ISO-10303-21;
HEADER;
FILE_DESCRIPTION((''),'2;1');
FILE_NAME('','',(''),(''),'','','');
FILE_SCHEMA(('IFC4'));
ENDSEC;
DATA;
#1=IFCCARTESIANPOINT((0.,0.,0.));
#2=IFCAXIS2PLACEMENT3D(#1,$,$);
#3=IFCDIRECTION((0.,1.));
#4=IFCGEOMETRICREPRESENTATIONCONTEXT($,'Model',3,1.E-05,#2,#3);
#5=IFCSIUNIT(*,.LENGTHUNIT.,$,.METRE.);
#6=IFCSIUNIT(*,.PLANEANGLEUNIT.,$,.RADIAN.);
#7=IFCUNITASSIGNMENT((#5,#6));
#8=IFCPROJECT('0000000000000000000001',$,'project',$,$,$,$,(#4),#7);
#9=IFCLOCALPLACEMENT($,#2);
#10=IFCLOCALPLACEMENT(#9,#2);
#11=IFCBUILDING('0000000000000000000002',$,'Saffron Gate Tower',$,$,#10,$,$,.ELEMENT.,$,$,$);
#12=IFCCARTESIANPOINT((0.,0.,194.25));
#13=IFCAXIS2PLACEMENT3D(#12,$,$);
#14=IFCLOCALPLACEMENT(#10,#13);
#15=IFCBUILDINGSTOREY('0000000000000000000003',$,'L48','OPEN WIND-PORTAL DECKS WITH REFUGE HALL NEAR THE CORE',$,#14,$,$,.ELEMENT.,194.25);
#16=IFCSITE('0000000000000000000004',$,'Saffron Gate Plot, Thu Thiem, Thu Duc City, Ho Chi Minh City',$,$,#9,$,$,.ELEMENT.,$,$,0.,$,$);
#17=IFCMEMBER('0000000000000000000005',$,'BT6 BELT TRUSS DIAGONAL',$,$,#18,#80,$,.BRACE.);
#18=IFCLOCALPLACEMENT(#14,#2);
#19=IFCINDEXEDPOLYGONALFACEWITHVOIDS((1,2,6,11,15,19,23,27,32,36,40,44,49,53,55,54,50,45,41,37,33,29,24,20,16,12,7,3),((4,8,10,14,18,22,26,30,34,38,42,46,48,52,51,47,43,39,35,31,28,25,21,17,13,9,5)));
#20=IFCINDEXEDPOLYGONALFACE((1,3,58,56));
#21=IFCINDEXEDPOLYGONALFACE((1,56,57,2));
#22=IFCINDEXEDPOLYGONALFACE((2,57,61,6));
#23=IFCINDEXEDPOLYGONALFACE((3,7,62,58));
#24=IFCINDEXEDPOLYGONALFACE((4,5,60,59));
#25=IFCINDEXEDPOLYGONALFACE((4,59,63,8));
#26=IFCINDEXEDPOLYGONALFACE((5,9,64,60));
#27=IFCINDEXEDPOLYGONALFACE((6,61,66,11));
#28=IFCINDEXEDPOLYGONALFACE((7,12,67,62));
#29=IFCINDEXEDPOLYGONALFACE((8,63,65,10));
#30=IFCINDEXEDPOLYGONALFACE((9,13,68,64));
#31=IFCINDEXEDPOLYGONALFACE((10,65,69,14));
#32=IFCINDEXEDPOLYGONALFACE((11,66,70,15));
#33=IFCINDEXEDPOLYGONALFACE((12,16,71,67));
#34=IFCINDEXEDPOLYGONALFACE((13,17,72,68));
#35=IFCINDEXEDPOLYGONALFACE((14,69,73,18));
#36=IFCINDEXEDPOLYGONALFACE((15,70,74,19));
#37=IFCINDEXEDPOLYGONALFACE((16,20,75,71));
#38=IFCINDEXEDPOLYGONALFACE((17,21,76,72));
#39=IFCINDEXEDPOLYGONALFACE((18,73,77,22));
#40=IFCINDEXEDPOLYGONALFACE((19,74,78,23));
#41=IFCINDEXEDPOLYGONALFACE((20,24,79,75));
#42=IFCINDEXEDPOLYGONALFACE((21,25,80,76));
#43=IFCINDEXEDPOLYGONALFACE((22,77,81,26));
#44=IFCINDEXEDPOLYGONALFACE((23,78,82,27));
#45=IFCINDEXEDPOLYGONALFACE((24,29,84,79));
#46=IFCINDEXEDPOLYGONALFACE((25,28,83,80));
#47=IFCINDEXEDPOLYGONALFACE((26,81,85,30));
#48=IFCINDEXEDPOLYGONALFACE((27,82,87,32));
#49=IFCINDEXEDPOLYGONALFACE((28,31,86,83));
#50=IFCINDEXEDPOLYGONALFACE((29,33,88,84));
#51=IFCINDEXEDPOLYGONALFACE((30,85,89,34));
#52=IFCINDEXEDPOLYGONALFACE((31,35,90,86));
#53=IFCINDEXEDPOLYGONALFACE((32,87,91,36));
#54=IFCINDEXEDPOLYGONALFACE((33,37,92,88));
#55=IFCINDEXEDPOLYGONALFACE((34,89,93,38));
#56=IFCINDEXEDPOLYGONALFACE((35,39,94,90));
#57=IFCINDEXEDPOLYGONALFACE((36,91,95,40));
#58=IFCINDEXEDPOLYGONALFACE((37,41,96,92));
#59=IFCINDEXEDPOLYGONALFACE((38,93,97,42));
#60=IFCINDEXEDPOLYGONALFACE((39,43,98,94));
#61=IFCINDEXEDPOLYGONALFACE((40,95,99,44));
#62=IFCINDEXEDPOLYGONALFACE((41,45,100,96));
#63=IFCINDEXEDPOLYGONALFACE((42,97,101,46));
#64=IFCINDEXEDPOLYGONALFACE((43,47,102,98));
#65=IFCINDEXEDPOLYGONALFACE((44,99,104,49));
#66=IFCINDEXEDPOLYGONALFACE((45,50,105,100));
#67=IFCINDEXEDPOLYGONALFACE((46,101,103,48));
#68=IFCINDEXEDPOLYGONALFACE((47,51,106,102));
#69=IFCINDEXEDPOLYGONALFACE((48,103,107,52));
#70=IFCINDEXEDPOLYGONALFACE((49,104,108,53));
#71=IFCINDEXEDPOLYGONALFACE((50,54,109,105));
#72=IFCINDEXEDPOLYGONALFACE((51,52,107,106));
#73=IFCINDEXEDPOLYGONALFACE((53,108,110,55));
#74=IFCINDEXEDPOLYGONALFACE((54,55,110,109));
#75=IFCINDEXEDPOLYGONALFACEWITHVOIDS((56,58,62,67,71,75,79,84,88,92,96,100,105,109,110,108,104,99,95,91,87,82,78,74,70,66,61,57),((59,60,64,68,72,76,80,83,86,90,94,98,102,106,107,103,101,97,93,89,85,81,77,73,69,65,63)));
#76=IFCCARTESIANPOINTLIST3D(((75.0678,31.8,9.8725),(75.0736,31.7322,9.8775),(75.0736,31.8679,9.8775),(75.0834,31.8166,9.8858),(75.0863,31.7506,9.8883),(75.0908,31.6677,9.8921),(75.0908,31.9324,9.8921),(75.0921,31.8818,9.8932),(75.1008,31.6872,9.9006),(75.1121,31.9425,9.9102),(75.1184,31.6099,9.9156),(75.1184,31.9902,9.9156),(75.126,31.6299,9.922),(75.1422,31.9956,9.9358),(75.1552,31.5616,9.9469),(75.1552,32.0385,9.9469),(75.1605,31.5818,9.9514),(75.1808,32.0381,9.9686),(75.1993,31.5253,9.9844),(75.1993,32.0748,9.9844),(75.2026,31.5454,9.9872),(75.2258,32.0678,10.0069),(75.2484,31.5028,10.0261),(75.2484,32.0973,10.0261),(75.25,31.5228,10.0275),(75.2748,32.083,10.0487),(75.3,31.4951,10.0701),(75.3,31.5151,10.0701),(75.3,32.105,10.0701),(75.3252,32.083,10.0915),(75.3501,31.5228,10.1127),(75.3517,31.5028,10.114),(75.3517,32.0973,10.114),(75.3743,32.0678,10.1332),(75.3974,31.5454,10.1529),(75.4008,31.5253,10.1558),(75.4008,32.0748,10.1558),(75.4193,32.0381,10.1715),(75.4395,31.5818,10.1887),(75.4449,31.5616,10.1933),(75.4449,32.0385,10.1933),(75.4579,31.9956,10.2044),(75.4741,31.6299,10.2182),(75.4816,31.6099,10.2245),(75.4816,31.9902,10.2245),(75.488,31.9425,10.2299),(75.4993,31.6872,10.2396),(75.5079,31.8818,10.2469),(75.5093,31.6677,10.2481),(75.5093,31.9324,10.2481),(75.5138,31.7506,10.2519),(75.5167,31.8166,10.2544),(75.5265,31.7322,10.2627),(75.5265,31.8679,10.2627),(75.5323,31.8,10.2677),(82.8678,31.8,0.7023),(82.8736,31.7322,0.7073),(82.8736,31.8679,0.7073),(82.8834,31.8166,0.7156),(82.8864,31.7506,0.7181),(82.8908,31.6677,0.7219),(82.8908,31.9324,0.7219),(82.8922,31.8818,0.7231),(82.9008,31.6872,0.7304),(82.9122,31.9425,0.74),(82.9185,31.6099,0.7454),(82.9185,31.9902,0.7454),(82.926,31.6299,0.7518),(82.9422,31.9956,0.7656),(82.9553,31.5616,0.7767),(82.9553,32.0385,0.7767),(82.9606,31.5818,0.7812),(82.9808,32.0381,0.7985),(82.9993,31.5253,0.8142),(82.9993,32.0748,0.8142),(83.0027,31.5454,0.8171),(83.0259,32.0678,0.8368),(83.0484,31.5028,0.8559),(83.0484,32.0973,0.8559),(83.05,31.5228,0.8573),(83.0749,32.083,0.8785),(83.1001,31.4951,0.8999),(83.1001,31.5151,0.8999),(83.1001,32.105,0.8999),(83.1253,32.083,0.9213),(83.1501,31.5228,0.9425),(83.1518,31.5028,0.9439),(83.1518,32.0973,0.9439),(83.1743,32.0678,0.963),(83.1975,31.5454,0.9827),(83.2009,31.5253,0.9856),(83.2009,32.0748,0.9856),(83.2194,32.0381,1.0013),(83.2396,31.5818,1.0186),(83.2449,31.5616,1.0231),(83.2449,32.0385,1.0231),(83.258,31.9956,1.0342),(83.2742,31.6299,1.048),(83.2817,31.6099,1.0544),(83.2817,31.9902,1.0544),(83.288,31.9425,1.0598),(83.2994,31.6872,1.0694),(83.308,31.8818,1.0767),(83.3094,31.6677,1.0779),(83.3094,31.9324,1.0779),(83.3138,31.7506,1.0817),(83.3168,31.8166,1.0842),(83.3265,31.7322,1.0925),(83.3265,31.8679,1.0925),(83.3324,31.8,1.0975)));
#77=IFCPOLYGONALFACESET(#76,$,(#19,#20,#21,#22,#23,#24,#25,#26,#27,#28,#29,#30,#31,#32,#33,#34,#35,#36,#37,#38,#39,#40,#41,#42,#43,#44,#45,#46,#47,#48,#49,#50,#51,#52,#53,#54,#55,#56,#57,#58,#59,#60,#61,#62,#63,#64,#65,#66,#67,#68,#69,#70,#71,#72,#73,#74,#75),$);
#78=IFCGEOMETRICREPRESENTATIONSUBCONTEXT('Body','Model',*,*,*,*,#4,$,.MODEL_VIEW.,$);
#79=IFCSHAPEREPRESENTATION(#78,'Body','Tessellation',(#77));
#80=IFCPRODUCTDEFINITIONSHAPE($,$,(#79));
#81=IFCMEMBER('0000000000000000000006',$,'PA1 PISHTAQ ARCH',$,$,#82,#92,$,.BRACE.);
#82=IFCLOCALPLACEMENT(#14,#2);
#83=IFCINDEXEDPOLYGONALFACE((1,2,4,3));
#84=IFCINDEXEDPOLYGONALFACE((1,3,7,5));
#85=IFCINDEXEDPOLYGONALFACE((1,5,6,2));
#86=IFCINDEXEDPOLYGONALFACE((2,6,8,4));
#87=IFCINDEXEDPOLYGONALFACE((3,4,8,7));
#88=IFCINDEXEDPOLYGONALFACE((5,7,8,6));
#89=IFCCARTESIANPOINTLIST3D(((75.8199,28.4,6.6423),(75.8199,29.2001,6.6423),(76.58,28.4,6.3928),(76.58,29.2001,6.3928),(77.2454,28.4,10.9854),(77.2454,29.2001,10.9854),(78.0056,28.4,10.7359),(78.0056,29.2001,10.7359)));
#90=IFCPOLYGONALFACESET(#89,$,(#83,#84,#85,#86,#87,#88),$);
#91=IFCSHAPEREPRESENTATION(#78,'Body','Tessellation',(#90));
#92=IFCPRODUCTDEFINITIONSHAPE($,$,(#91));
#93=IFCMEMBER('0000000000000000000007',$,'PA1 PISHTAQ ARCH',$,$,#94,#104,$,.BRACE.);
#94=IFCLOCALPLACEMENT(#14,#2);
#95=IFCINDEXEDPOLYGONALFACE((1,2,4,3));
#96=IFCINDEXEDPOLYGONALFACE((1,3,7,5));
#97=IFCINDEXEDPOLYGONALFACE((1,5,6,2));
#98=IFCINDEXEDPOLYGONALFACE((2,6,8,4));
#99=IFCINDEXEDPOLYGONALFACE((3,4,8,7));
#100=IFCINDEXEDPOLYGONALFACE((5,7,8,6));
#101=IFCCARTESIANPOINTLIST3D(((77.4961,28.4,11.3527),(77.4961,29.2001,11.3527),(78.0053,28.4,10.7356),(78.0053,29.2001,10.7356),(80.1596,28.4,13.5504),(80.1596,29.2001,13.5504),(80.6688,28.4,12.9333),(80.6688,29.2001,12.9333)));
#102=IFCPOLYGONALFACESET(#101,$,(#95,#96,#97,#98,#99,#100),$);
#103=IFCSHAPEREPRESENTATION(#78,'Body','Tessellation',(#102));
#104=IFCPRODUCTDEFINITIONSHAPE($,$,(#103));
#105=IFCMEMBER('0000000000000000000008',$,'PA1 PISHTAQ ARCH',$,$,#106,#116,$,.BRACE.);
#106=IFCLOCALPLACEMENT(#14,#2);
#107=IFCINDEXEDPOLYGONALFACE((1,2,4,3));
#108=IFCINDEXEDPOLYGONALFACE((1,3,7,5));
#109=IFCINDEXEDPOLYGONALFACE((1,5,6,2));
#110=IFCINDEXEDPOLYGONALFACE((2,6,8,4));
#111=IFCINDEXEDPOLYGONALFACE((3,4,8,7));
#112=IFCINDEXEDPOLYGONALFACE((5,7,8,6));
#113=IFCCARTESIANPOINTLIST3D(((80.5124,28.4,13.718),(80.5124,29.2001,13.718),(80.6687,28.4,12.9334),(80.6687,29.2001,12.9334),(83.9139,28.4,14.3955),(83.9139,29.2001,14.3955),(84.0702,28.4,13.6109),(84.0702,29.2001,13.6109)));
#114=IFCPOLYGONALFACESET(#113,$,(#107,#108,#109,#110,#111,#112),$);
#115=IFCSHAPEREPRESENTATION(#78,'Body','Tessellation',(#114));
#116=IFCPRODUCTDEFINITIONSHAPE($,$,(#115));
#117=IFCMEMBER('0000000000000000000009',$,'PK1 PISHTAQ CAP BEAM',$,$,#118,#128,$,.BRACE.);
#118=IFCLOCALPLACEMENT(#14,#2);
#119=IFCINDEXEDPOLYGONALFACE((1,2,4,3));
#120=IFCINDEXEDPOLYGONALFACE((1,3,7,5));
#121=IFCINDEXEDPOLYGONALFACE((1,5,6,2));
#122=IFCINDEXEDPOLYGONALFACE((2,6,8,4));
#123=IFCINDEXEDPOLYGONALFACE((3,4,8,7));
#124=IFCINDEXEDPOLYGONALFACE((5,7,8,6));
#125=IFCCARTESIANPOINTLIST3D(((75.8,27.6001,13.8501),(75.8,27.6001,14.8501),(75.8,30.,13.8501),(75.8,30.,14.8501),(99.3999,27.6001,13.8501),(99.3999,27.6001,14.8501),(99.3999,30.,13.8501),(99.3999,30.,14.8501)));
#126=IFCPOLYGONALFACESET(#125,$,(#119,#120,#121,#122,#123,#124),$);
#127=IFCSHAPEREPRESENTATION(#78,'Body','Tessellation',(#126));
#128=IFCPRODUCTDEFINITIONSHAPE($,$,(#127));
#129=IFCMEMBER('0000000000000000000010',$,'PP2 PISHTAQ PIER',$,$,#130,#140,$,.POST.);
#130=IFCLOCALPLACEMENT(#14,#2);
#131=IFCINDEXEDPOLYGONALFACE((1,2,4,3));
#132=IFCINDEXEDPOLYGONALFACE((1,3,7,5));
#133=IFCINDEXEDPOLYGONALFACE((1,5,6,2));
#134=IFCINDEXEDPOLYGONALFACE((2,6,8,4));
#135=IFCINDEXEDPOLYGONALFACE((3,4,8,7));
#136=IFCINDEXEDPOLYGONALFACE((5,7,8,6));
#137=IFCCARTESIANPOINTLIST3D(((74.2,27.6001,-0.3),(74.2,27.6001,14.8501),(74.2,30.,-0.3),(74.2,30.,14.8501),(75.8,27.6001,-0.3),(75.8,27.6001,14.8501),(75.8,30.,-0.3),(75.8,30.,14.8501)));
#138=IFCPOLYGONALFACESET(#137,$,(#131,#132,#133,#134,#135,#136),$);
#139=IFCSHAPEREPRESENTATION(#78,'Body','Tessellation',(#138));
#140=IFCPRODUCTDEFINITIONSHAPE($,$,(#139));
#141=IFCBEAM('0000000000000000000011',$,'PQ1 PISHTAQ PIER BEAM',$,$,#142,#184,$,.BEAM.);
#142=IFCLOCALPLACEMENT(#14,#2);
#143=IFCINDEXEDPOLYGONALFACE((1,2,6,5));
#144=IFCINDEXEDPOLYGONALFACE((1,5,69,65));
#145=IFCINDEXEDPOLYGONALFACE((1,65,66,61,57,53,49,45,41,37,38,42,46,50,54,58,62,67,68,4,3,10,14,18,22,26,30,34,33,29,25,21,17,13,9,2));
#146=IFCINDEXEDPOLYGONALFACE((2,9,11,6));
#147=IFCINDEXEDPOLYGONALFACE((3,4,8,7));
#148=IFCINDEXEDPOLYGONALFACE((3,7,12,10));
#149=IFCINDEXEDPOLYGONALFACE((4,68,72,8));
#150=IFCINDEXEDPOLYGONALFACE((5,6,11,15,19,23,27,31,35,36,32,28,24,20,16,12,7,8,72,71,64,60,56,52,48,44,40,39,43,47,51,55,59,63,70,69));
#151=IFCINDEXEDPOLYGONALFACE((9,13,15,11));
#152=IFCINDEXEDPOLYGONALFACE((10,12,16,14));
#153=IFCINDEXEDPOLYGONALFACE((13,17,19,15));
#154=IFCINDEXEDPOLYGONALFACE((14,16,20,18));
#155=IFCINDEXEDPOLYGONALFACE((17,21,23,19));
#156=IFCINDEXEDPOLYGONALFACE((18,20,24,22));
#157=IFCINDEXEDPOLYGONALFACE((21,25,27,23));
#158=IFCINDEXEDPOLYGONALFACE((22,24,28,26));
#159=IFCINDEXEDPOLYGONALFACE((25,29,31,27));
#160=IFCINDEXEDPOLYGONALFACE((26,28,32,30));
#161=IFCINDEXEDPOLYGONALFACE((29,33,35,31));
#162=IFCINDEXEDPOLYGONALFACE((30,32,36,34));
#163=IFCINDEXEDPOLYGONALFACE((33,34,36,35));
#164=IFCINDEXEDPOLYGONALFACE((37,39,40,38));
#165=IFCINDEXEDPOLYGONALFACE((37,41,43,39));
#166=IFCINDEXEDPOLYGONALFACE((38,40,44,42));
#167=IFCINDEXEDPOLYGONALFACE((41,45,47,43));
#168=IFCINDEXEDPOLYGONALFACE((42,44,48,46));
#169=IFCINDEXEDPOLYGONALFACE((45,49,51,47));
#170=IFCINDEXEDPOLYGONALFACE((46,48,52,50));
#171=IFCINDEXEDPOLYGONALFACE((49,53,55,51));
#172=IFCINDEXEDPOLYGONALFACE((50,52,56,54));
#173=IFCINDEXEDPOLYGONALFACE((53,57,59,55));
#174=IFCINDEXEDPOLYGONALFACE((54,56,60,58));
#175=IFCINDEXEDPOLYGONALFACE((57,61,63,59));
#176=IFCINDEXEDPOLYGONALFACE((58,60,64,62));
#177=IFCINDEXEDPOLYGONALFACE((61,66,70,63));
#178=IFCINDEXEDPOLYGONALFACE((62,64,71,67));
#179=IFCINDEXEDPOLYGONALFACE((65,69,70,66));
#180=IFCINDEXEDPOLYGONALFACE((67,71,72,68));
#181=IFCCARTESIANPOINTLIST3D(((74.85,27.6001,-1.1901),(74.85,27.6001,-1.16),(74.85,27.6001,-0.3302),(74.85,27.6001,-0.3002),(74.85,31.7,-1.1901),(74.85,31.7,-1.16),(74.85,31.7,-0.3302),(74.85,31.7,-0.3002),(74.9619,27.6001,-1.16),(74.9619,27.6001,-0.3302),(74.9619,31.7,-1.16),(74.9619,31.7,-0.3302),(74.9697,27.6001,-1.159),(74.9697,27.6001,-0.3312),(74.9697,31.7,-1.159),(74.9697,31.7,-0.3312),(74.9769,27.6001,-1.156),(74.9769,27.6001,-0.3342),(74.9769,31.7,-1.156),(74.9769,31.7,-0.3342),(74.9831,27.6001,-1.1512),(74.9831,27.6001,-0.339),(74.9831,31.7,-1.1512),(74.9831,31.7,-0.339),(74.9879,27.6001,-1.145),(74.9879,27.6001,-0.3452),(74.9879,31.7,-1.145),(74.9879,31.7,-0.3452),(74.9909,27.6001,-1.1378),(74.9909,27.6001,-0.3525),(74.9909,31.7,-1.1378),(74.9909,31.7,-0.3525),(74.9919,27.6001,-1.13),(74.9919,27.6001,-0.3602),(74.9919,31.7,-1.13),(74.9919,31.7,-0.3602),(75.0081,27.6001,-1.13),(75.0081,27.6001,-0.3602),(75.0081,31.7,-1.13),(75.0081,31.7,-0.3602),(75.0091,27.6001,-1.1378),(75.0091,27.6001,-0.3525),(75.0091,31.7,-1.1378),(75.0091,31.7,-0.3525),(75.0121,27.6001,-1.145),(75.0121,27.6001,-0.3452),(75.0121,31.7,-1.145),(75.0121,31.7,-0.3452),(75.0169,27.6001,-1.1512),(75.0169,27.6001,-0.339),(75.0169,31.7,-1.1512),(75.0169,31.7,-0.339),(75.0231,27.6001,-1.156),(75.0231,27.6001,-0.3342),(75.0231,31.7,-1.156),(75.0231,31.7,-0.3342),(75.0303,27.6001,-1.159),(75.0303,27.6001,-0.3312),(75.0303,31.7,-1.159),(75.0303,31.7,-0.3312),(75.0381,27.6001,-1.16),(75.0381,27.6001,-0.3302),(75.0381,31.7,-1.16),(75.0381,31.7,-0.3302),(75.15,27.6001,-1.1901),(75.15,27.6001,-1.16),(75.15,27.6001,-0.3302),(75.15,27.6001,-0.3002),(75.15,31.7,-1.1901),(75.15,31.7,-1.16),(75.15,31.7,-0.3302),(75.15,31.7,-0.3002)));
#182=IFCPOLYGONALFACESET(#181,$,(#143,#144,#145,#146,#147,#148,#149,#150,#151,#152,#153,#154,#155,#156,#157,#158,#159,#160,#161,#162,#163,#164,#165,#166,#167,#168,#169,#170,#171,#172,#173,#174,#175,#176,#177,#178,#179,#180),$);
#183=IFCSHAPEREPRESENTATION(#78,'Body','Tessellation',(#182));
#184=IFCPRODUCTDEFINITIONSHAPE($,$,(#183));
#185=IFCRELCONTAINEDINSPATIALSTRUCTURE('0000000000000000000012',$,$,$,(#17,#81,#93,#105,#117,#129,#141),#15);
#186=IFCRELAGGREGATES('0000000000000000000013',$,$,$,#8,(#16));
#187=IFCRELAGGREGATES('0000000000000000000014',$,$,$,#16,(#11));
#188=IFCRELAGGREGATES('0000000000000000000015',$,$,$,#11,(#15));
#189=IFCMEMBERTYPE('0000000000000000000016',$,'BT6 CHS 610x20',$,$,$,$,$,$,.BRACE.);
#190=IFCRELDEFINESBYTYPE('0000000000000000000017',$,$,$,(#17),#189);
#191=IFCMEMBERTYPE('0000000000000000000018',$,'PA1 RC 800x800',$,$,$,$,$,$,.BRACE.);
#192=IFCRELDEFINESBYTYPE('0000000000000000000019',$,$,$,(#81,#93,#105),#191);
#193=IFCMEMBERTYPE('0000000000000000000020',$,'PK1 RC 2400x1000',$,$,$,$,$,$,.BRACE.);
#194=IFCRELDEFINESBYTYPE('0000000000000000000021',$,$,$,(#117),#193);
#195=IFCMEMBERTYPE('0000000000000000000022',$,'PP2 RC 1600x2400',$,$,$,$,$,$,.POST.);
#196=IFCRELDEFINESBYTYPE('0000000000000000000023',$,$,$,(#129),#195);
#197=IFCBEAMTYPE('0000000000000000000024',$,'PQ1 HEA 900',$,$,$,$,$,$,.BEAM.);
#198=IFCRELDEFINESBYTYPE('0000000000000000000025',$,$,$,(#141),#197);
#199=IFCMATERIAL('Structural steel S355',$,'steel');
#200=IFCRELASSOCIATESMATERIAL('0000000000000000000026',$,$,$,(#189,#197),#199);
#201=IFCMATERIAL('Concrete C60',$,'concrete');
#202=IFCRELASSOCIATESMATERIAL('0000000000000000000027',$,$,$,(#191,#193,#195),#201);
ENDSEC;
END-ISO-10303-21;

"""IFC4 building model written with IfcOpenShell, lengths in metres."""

from ifc_helpers import new_model, si_unit, direction, frame, origin, origin_2d, place, context, subcontext, project, spatial, rectangle, hollow_circle, i_section, extrude, material, material_profile, profile_set, type_object, element, save


model = new_model("IFC4")

# Units and contexts
model_context = context("Model", 3, precision=1e-05, world=origin(), true_north=direction((0.0, 1.0)))
body_context = subcontext(model_context, "Body", "Model", "MODEL_VIEW")
ifc_project = project(units=[si_unit("LENGTHUNIT", "METRE"), si_unit("PLANEANGLEUNIT", "RADIAN")], contexts=[model_context])

# Site, building, storey
site_placement = place(None, origin())
site = spatial("IfcSite", under=ifc_project, at=site_placement, Name="Saffron Gate Plot, Thu Thiem, Thu Duc City, Ho Chi Minh City", CompositionType="ELEMENT", RefElevation=0.0)
building_placement = place(site_placement, origin())
building = spatial("IfcBuilding", under=site, at=building_placement, Name="Saffron Gate Tower", CompositionType="ELEMENT")
storey_placement = place(building_placement, frame((0.0, 0.0, 194.25)))
storey = spatial("IfcBuildingStorey", under=building, at=storey_placement, Name="L48", Description="OPEN WIND-PORTAL DECKS WITH REFUGE HALL NEAR THE CORE", CompositionType="ELEMENT", Elevation=194.25)

# Shared definitions
ifc_material_1 = material(Name="Structural steel S355", Category="steel")

# Members
ifc_material_profile_1 = material_profile(ifc_material_1, hollow_circle(Radius=0.3049, WallThickness=0.02, at=origin_2d()))
ifc_profile_set_1 = profile_set([ifc_material_profile_1], Name="Structural steel S355")
member_type_1 = type_object("IfcMemberType", Name="BT6 CHS 610x20", PredefinedType="BRACE", material=ifc_profile_set_1)
member_1_placement = place(storey_placement, frame((83.1001, 31.8, 0.8999), z_axis=(-0.647909, 0.0, 0.761718), x_axis=(0.0, -1.0, 0.0)))
element("IfcMember", 1, at=member_1_placement, inside=storey, type_object=member_type_1, Name="BT6 BELT TRUSS DIAGONAL", PredefinedType="BRACE", context=body_context, shape_type="SweptSolid", body=[
    extrude(hollow_circle(Radius=0.3049, WallThickness=0.02, at=origin_2d()), origin(), (0.0, 0.0, 1.0), 12.0388),
])
ifc_material_2 = material(Name="Concrete C60", Category="concrete")
ifc_material_profile_2 = material_profile(ifc_material_2, rectangle(XDim=0.8, YDim=0.8, at=origin_2d()))
ifc_profile_set_2 = profile_set([ifc_material_profile_2], Name="Concrete C60")
member_type_2 = type_object("IfcMemberType", Name="PA1 RC 800x800", PredefinedType="BRACE", material=ifc_profile_set_2)
member_2_placement = place(storey_placement, frame((76.2, 28.8, 6.5176), z_axis=(0.311866, 0.0, 0.950126), x_axis=(0.0, 1.0, 0.0)))
element("IfcMember", 2, at=member_2_placement, inside=storey, type_object=member_type_2, Name="PA1 PISHTAQ ARCH", PredefinedType="BRACE", context=body_context, shape_type="SweptSolid", body=[
    extrude(rectangle(XDim=0.8, YDim=0.8, at=origin_2d()), origin(), (0.0, 0.0, 1.0), 4.571),
])
member_3_placement = place(storey_placement, frame((77.7507, 28.8, 11.0442), z_axis=(0.77133, 0.0, 0.636436), x_axis=(0.0, 1.0, 0.0)))
element("IfcMember", 3, at=member_3_placement, inside=storey, type_object=member_type_2, Name="PA1 PISHTAQ ARCH", PredefinedType="BRACE", context=body_context, shape_type="SweptSolid", body=[
    extrude(rectangle(XDim=0.8, YDim=0.8, at=origin_2d()), origin(), (0.0, 0.0, 1.0), 3.4531),
])
member_4_placement = place(storey_placement, frame((80.5906, 28.8, 13.3257), z_axis=(0.980735, 0.0, 0.195344), x_axis=(0.0, 1.0, 0.0)))
element("IfcMember", 4, at=member_4_placement, inside=storey, type_object=member_type_2, Name="PA1 PISHTAQ ARCH", PredefinedType="BRACE", context=body_context, shape_type="SweptSolid", body=[
    extrude(rectangle(XDim=0.8, YDim=0.8, at=origin_2d()), origin(), (0.0, 0.0, 1.0), 3.4683),
])
ifc_material_profile_3 = material_profile(ifc_material_2, rectangle(XDim=2.3999, YDim=1.0, at=origin_2d()))
ifc_profile_set_3 = profile_set([ifc_material_profile_3], Name="Concrete C60")
member_type_3 = type_object("IfcMemberType", Name="PK1 RC 2400x1000", PredefinedType="BRACE", material=ifc_profile_set_3)
member_5_placement = place(storey_placement, frame((75.8, 28.8, 14.3501), z_axis=(1.0, 0.0, 0.0), x_axis=(0.0, 1.0, 0.0)))
element("IfcMember", 5, at=member_5_placement, inside=storey, type_object=member_type_3, Name="PK1 PISHTAQ CAP BEAM", PredefinedType="BRACE", context=body_context, shape_type="SweptSolid", body=[
    extrude(rectangle(XDim=2.3999, YDim=1.0, at=origin_2d()), origin(), (0.0, 0.0, 1.0), 23.5999),
])
ifc_material_profile_4 = material_profile(ifc_material_2, rectangle(XDim=1.6001, YDim=2.3999, at=origin_2d()))
ifc_profile_set_4 = profile_set([ifc_material_profile_4], Name="Concrete C60")
member_type_4 = type_object("IfcMemberType", Name="PP2 RC 1600x2400", PredefinedType="POST", material=ifc_profile_set_4)
member_6_placement = place(storey_placement, frame((75.0, 28.8, -0.3), z_axis=(0.0, 0.0, 1.0), x_axis=(1.0, 0.0, 0.0)))
element("IfcMember", 6, at=member_6_placement, inside=storey, type_object=member_type_4, Name="PP2 PISHTAQ PIER", PredefinedType="POST", context=body_context, shape_type="SweptSolid", body=[
    extrude(rectangle(XDim=1.6001, YDim=2.3999, at=origin_2d()), origin(), (0.0, 0.0, 1.0), 15.1501),
])

# Beam
ifc_material_profile_5 = material_profile(ifc_material_1, i_section(OverallWidth=0.3, OverallDepth=0.8899, WebThickness=0.0161, FlangeThickness=0.03, FilletRadius=0.03, at=origin_2d()))
ifc_profile_set_5 = profile_set([ifc_material_profile_5], Name="Structural steel S355")
beam_type_1 = type_object("IfcBeamType", Name="PQ1 HEA 900", PredefinedType="BEAM", material=ifc_profile_set_5)
beam_1_placement = place(storey_placement, frame((75.0, 27.6001, -0.7451), z_axis=(0.0, 1.0, 0.0), x_axis=(-1.0, 0.0, 0.0)))
element("IfcBeam", 7, at=beam_1_placement, inside=storey, type_object=beam_type_1, Name="PQ1 PISHTAQ PIER BEAM", PredefinedType="BEAM", context=body_context, shape_type="SweptSolid", body=[
    extrude(i_section(OverallWidth=0.3, OverallDepth=0.8899, WebThickness=0.0161, FlangeThickness=0.03, FilletRadius=0.03, at=origin_2d()), origin(), (0.0, 0.0, 1.0), 4.0999),
])

save(model, "model.ifc")
